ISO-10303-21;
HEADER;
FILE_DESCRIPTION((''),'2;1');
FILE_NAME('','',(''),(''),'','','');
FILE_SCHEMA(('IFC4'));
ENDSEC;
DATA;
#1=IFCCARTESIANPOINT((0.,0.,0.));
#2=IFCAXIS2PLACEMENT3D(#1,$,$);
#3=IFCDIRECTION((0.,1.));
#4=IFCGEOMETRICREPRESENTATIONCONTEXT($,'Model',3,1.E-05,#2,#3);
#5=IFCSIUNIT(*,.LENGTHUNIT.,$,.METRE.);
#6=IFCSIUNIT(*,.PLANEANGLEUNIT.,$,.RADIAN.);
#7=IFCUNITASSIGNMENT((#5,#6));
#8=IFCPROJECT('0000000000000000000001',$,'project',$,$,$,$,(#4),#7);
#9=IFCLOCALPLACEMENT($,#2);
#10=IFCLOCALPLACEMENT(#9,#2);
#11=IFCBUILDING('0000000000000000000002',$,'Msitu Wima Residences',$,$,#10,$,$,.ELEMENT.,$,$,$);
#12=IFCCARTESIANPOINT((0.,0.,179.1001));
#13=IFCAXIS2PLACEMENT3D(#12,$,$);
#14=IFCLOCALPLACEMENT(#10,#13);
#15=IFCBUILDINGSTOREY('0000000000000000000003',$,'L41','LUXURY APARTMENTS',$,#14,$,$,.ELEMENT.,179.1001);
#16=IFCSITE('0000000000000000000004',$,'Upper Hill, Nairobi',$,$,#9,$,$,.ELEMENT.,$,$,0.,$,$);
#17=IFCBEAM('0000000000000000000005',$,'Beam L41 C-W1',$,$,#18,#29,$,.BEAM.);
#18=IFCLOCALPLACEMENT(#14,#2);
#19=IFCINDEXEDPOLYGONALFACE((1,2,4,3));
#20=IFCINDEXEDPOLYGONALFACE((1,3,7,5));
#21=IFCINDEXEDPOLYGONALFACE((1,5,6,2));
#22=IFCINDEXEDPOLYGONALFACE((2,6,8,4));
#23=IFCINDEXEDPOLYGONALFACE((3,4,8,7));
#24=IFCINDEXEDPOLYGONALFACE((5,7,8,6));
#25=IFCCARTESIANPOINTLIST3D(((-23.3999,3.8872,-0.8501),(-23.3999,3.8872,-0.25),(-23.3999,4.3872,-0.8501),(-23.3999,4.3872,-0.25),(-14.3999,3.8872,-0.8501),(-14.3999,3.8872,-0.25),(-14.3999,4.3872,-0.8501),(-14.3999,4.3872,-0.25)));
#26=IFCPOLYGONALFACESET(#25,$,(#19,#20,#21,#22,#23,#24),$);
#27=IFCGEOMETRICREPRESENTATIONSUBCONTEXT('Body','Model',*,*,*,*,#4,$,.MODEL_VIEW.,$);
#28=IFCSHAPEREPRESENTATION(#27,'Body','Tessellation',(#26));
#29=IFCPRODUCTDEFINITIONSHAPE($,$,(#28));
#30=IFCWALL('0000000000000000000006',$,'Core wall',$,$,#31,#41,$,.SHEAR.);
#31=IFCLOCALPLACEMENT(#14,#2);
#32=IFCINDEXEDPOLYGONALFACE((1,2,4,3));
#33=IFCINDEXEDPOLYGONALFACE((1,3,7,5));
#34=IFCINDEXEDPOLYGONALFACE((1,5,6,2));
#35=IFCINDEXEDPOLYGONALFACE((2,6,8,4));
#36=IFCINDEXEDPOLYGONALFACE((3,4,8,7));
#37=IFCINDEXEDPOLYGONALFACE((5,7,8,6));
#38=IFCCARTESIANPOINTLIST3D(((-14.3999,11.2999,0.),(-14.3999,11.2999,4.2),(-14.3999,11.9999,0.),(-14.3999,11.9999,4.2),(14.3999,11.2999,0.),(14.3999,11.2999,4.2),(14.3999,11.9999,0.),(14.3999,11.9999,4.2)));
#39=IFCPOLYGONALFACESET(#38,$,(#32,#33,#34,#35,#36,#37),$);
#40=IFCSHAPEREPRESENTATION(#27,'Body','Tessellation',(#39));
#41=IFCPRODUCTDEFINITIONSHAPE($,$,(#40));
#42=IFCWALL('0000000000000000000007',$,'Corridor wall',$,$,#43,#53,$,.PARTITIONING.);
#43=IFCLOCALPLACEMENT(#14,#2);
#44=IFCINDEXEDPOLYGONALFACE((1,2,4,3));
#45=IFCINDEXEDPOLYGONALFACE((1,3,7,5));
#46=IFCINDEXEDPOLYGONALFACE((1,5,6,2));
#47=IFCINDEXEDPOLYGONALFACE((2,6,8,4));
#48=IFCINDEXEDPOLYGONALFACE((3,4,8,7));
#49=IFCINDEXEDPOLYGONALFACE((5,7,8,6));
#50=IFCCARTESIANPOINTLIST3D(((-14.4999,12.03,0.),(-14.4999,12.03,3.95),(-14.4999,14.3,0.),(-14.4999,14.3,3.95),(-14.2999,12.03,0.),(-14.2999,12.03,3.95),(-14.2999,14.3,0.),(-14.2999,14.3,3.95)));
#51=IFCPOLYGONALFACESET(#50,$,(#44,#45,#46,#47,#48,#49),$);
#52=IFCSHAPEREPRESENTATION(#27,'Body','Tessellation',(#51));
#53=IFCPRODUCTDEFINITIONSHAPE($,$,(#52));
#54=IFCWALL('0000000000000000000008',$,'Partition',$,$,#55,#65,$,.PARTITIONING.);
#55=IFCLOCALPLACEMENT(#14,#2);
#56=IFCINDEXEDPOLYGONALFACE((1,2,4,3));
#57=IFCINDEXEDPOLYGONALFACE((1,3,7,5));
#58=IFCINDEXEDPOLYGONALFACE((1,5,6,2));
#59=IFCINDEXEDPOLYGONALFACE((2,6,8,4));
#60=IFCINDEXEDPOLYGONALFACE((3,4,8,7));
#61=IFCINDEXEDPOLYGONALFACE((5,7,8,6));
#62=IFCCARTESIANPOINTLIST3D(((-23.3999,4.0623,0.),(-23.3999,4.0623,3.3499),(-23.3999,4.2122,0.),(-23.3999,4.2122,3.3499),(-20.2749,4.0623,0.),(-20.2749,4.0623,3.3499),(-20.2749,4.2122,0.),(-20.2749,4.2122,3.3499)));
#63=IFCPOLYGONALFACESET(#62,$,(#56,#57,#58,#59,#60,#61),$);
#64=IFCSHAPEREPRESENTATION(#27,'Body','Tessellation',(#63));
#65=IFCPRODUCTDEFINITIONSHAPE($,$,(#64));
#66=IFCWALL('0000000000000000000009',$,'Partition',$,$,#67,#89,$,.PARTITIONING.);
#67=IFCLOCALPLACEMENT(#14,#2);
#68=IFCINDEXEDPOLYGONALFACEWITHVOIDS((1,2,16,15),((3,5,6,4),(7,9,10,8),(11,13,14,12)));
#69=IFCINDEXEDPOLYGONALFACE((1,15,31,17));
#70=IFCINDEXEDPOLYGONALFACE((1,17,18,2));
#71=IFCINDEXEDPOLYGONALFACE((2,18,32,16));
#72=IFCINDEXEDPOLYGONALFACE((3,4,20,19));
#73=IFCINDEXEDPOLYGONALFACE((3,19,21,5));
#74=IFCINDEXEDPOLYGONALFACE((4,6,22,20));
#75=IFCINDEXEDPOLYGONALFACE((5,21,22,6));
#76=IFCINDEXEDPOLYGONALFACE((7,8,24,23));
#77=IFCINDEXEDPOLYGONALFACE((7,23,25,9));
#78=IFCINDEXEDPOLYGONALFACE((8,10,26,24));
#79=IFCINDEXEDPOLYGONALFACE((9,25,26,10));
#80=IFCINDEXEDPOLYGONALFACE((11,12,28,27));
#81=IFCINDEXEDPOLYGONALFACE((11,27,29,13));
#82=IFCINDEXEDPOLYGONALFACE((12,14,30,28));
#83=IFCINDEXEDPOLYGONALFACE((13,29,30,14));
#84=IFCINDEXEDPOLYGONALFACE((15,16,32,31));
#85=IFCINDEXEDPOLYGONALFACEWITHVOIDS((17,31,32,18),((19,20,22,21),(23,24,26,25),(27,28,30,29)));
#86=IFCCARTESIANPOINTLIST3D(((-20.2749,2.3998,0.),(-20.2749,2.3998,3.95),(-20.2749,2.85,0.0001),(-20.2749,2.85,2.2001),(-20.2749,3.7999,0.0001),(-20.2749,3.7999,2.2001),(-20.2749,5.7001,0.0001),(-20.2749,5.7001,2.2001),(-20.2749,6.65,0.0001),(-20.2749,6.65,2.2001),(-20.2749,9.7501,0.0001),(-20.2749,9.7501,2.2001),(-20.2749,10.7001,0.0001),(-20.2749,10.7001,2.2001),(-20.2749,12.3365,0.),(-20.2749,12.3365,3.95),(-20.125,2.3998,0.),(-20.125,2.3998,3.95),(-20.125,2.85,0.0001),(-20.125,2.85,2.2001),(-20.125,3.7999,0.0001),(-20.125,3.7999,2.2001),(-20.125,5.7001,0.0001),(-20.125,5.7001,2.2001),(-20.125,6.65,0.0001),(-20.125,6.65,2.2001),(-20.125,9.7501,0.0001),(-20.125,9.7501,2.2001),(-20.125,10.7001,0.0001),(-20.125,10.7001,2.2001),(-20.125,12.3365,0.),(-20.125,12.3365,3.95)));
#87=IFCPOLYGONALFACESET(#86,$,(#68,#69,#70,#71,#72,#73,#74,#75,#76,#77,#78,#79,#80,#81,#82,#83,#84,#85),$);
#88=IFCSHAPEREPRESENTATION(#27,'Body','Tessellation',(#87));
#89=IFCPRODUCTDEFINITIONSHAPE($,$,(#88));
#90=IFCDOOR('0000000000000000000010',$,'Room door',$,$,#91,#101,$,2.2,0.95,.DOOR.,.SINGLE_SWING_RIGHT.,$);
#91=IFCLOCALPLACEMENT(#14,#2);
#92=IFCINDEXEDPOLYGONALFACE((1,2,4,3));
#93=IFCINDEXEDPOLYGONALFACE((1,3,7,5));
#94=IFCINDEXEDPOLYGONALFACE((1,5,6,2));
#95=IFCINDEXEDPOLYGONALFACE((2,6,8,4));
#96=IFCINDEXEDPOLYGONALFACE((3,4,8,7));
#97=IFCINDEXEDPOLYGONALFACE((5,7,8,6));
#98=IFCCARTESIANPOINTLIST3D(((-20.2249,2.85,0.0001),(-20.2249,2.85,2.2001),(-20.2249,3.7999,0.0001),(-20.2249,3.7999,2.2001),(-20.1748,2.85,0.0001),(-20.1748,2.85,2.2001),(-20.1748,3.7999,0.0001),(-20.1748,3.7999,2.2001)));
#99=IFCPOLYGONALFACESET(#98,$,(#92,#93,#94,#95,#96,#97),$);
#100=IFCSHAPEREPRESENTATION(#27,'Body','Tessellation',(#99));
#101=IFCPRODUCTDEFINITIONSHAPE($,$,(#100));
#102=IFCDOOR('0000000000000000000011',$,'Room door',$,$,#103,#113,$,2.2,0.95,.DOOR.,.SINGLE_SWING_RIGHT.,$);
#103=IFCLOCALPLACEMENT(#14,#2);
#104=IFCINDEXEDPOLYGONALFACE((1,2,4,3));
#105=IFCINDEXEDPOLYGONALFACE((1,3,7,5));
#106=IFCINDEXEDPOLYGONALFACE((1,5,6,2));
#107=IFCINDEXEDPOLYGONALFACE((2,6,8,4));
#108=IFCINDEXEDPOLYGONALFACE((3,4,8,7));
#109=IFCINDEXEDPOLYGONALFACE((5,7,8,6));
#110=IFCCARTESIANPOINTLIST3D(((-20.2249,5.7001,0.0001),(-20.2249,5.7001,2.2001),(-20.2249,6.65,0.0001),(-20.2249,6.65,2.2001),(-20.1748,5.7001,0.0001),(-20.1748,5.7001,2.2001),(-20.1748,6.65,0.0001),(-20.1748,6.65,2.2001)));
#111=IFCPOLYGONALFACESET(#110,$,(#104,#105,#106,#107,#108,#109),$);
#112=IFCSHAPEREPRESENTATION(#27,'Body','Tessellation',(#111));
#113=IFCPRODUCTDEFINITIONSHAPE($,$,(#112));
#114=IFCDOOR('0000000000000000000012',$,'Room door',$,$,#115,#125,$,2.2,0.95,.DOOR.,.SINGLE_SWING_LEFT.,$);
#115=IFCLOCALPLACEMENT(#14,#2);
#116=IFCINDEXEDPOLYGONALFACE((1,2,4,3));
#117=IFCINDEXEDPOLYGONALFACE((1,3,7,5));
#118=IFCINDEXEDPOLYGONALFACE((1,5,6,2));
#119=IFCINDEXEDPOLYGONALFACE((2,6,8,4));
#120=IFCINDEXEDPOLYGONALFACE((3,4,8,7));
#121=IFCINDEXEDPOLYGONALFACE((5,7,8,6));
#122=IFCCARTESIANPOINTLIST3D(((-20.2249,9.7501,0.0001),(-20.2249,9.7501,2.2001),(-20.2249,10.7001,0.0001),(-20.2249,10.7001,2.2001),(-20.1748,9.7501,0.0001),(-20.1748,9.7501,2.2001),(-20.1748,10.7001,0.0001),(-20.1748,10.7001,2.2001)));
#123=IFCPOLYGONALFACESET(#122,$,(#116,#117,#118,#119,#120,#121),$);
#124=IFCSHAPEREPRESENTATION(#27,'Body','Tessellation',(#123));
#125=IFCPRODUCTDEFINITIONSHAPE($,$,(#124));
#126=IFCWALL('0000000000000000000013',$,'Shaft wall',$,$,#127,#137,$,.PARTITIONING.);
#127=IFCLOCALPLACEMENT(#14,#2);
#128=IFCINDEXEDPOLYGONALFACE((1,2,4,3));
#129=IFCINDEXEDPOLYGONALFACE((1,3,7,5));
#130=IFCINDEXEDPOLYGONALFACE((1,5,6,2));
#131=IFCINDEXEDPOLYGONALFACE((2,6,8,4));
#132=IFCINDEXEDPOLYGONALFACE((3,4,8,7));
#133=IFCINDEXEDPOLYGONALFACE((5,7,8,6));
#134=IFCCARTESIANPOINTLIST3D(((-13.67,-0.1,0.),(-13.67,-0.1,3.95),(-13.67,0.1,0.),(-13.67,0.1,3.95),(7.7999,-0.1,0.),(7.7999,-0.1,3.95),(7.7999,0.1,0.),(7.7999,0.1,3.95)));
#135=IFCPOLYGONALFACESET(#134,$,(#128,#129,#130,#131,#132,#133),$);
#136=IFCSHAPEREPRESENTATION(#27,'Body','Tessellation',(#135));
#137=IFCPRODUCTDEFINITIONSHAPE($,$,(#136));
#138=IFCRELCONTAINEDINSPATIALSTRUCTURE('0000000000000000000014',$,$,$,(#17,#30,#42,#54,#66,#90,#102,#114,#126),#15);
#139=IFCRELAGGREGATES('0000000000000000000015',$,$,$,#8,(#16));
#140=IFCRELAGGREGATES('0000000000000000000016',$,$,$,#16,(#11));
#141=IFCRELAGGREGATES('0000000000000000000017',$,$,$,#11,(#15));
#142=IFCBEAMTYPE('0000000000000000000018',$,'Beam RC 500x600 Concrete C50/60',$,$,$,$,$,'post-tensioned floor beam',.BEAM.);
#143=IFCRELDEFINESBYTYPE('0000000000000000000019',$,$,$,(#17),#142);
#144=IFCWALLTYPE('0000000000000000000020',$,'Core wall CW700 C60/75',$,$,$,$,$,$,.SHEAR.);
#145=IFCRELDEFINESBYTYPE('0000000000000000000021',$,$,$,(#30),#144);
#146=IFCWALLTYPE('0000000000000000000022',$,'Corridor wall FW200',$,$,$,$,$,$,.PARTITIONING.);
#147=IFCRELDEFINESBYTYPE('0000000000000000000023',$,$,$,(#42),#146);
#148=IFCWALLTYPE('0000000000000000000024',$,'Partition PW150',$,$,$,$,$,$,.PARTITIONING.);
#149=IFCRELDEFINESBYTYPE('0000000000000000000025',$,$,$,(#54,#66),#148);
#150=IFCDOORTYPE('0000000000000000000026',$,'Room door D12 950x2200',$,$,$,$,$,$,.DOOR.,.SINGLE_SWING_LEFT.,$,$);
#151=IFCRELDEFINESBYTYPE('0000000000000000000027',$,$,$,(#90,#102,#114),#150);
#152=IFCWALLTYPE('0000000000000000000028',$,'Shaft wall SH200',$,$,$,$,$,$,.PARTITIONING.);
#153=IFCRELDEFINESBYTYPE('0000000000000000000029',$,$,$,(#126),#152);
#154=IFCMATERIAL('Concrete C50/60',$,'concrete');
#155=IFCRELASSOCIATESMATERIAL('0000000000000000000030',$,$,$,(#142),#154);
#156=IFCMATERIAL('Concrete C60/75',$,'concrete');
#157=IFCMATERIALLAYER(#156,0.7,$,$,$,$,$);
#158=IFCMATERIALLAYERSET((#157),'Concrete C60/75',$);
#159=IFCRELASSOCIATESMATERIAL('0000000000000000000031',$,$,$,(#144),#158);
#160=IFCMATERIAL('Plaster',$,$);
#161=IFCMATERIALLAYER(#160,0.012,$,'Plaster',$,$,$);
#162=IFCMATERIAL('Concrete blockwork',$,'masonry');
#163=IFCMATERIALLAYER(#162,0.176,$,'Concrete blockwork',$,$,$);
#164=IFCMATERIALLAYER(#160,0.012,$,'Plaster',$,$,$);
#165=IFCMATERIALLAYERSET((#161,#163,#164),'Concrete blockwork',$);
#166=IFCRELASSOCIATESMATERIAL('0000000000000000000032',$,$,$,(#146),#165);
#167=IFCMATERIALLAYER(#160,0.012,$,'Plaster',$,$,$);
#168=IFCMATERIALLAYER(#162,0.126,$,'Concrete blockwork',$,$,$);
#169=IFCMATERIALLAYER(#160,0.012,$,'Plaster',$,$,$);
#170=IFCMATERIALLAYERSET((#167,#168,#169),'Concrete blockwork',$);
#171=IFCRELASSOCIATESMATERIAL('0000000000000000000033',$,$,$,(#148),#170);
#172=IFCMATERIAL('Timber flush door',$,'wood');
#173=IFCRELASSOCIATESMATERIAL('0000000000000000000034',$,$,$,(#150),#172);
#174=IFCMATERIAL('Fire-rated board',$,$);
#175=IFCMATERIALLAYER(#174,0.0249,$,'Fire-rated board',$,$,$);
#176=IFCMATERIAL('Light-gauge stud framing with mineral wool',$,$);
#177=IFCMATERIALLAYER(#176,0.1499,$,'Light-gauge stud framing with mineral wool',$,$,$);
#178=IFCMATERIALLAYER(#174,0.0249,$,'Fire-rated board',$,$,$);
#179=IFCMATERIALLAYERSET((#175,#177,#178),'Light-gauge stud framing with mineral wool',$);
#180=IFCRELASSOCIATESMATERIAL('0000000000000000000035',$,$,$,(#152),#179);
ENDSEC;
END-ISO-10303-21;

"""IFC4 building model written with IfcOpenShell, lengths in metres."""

from ifc_helpers import new_model, si_unit, direction, frame, frame_2d, origin, origin_2d, place, context, subcontext, project, spatial, rectangle, extrude, material, layer, layer_set, material_profile, profile_set, type_object, element, fill, save


model = new_model("IFC4")

# Units and contexts
model_context = context("Model", 3, precision=1e-05, world=origin(), true_north=direction((0.0, 1.0)))
body_context = subcontext(model_context, "Body", "Model", "MODEL_VIEW")
ifc_project = project(units=[si_unit("LENGTHUNIT", "METRE"), si_unit("PLANEANGLEUNIT", "RADIAN")], contexts=[model_context])

# Site, building, storey
site_placement = place(None, origin())
site = spatial("IfcSite", under=ifc_project, at=site_placement, Name="Upper Hill, Nairobi", CompositionType="ELEMENT", RefElevation=0.0)
building_placement = place(site_placement, origin())
building = spatial("IfcBuilding", under=site, at=building_placement, Name="Msitu Wima Residences", CompositionType="ELEMENT")
storey_placement = place(building_placement, frame((0.0, 0.0, 179.1001)))
storey = spatial("IfcBuildingStorey", under=building, at=storey_placement, Name="L41", Description="LUXURY APARTMENTS", CompositionType="ELEMENT", Elevation=179.1001)

# Beam
ifc_material_1 = material(Name="Concrete C50/60", Category="concrete")
ifc_material_profile = material_profile(ifc_material_1, rectangle(XDim=0.5, YDim=0.6001, at=origin_2d()), Name="RC 500x600")
ifc_profile_set = profile_set([ifc_material_profile], Name="Concrete C50/60")
beam_type = type_object("IfcBeamType", Name="Beam RC 500x600 Concrete C50/60", ElementType="post-tensioned floor beam", PredefinedType="BEAM", material=ifc_profile_set)
beam_placement = place(storey_placement, frame((-23.3999, 4.1372, -0.55), z_axis=(1.0, 0.0, 0.0), x_axis=(0.0, 1.0, 0.0)))
element("IfcBeam", 1, at=beam_placement, inside=storey, type_object=beam_type, Name="Beam L41 C-W1", PredefinedType="BEAM", context=body_context, shape_type="SweptSolid", body=[
    extrude(rectangle(XDim=0.5, YDim=0.6001, at=origin_2d()), origin(), (0.0, 0.0, 1.0), 9.0),
])

# Walls
ifc_material_2 = material(Name="Concrete C60/75", Category="concrete")
ifc_layer_1 = layer(ifc_material_2, 0.7)
ifc_layer_set_1 = layer_set([ifc_layer_1], Name="Concrete C60/75")
wall_type_1 = type_object("IfcWallType", Name="Core wall CW700 C60/75", PredefinedType="SHEAR", material=ifc_layer_set_1)
wall_1_placement = place(storey_placement, frame((-14.3999, 11.6499, 0.0), z_axis=(0.0, 0.0, 1.0), x_axis=(1.0, 0.0, 0.0)))
element("IfcWall", 2, at=wall_1_placement, inside=storey, type_object=wall_type_1, Name="Core wall", PredefinedType="SHEAR", context=body_context, shape_type="SweptSolid", body=[
    extrude(rectangle(XDim=28.7998, YDim=0.7, at=frame_2d((14.3999, 0.0))), origin(), (0.0, 0.0, 1.0), 4.2),
])
ifc_material_3 = material(Name="Plaster")
ifc_layer_2 = layer(ifc_material_3, 0.012, Name="Plaster")
ifc_material_4 = material(Name="Concrete blockwork", Category="masonry")
ifc_layer_3 = layer(ifc_material_4, 0.176, Name="Concrete blockwork")
ifc_layer_4 = layer(ifc_material_3, 0.012, Name="Plaster")
ifc_layer_set_2 = layer_set([ifc_layer_2, ifc_layer_3, ifc_layer_4], Name="Concrete blockwork")
wall_type_2 = type_object("IfcWallType", Name="Corridor wall FW200", PredefinedType="PARTITIONING", material=ifc_layer_set_2)
wall_2_placement = place(storey_placement, frame((-14.3999, 12.03, 0.0), z_axis=(0.0, 0.0, 1.0), x_axis=(0.0, 1.0, 0.0)))
element("IfcWall", 3, at=wall_2_placement, inside=storey, type_object=wall_type_2, Name="Corridor wall", PredefinedType="PARTITIONING", context=body_context, shape_type="SweptSolid", body=[
    extrude(rectangle(XDim=2.27, YDim=0.2, at=frame_2d((1.135, 0.0))), origin(), (0.0, 0.0, 1.0), 3.95),
])
ifc_layer_5 = layer(ifc_material_3, 0.012, Name="Plaster")
ifc_layer_6 = layer(ifc_material_4, 0.126, Name="Concrete blockwork")
ifc_layer_7 = layer(ifc_material_3, 0.012, Name="Plaster")
ifc_layer_set_3 = layer_set([ifc_layer_5, ifc_layer_6, ifc_layer_7], Name="Concrete blockwork")
wall_type_3 = type_object("IfcWallType", Name="Partition PW150", PredefinedType="PARTITIONING", material=ifc_layer_set_3)
wall_3_placement = place(storey_placement, frame((-23.3999, 4.1372, 0.0), z_axis=(0.0, 0.0, 1.0), x_axis=(1.0, 0.0, 0.0)))
element("IfcWall", 4, at=wall_3_placement, inside=storey, type_object=wall_type_3, Name="Partition", PredefinedType="PARTITIONING", context=body_context, shape_type="SweptSolid", body=[
    extrude(rectangle(XDim=3.125, YDim=0.1499, at=frame_2d((1.5625, 0.0))), origin(), (0.0, 0.0, 1.0), 3.3499),
])

# Wall, openings, doors
wall_4_placement = place(storey_placement, frame((-20.2, 2.3999, 0.0), z_axis=(0.0, 0.0, 1.0), x_axis=(0.0, 1.0, 0.0)))
wall_4 = element("IfcWall", 5, at=wall_4_placement, inside=storey, type_object=wall_type_3, Name="Partition", PredefinedType="PARTITIONING", context=body_context, shape_type="SweptSolid", body=[
    extrude(rectangle(XDim=9.9368, YDim=0.1499, at=frame_2d((4.9683, 0.0))), origin(), (0.0, 0.0, 1.0), 3.95),
])
opening_1_placement = place(wall_4_placement, frame((0.45, 0.0, 0.0)))
opening_1 = element("IfcOpeningElement", 6, at=opening_1_placement, cuts=wall_4, PredefinedType="OPENING", context=body_context, shape_type="SweptSolid", body=[
    extrude(rectangle(XDim=0.95, YDim=2.2, at=frame_2d((0.4751, 1.1001))), frame((0.0, 0.085, 0.0), z_axis=(0.0, -1.0, 0.0), x_axis=(1.0, 0.0, 0.0)), (0.0, 0.0, 1.0), 0.1699),
])
opening_2_placement = place(wall_4_placement, frame((3.3, 0.0, 0.0)))
opening_2 = element("IfcOpeningElement", 7, at=opening_2_placement, cuts=wall_4, PredefinedType="OPENING", context=body_context, shape_type="SweptSolid", body=[
    extrude(rectangle(XDim=0.95, YDim=2.2, at=frame_2d((0.4751, 1.1001))), frame((0.0, 0.085, 0.0), z_axis=(0.0, -1.0, 0.0), x_axis=(1.0, 0.0, 0.0)), (0.0, 0.0, 1.0), 0.1699),
])
opening_3_placement = place(wall_4_placement, frame((7.3501, 0.0, 0.0)))
opening_3 = element("IfcOpeningElement", 8, at=opening_3_placement, cuts=wall_4, PredefinedType="OPENING", context=body_context, shape_type="SweptSolid", body=[
    extrude(rectangle(XDim=0.95, YDim=2.2, at=frame_2d((0.4751, 1.1001))), frame((0.0, 0.085, 0.0), z_axis=(0.0, -1.0, 0.0), x_axis=(1.0, 0.0, 0.0)), (0.0, 0.0, 1.0), 0.1699),
])
ifc_material_5 = material(Name="Timber flush door", Category="wood")
door_type_1 = type_object("IfcDoorType", Name="Room door D12 950x2200", OperationType="SINGLE_SWING_LEFT", PredefinedType="DOOR", material=ifc_material_5)
door_1_placement = place(opening_1_placement, origin())
door_1 = element("IfcDoor", 9, at=door_1_placement, inside=storey, type_object=door_type_1, Name="Room door", OperationType="SINGLE_SWING_RIGHT", OverallHeight=2.2, OverallWidth=0.95, PredefinedType="DOOR", context=body_context, shape_type="SweptSolid", body=[
    extrude(rectangle(XDim=0.95, YDim=2.2, at=frame_2d((0.4751, 1.1001))), frame((0.0, 0.0249, 0.0), z_axis=(0.0, -1.0, 0.0), x_axis=(1.0, 0.0, 0.0)), (0.0, 0.0, 1.0), 0.05),
])
fill(opening_1, door_1)
door_2_placement = place(opening_2_placement, origin())
door_2 = element("IfcDoor", 10, at=door_2_placement, inside=storey, type_object=door_type_1, Name="Room door", OperationType="SINGLE_SWING_RIGHT", OverallHeight=2.2, OverallWidth=0.95, PredefinedType="DOOR", context=body_context, shape_type="SweptSolid", body=[
    extrude(rectangle(XDim=0.95, YDim=2.2, at=frame_2d((0.4751, 1.1001))), frame((0.0, 0.0249, 0.0), z_axis=(0.0, -1.0, 0.0), x_axis=(1.0, 0.0, 0.0)), (0.0, 0.0, 1.0), 0.05),
])
fill(opening_2, door_2)
door_3_placement = place(opening_3_placement, origin())
door_3 = element("IfcDoor", 11, at=door_3_placement, inside=storey, type_object=door_type_1, Name="Room door", OperationType="SINGLE_SWING_LEFT", OverallHeight=2.2, OverallWidth=0.95, PredefinedType="DOOR", context=body_context, shape_type="SweptSolid", body=[
    extrude(rectangle(XDim=0.95, YDim=2.2, at=frame_2d((0.4751, 1.1001))), frame((0.0, 0.0249, 0.0), z_axis=(0.0, -1.0, 0.0), x_axis=(1.0, 0.0, 0.0)), (0.0, 0.0, 1.0), 0.05),
])
fill(opening_3, door_3)

# Wall
ifc_material_6 = material(Name="Fire-rated board")
ifc_layer_8 = layer(ifc_material_6, 0.0249, Name="Fire-rated board")
ifc_material_7 = material(Name="Light-gauge stud framing with mineral wool")
ifc_layer_9 = layer(ifc_material_7, 0.1499, Name="Light-gauge stud framing with mineral wool")
ifc_layer_10 = layer(ifc_material_6, 0.0249, Name="Fire-rated board")
ifc_layer_set_4 = layer_set([ifc_layer_8, ifc_layer_9, ifc_layer_10], Name="Light-gauge stud framing with mineral wool")
wall_type_4 = type_object("IfcWallType", Name="Shaft wall SH200", PredefinedType="PARTITIONING", material=ifc_layer_set_4)
wall_5_placement = place(storey_placement, frame((-13.6699, 0.0, 0.0), z_axis=(0.0, 0.0, 1.0), x_axis=(1.0, 0.0, 0.0)))
element("IfcWall", 12, at=wall_5_placement, inside=storey, type_object=wall_type_4, Name="Shaft wall", PredefinedType="PARTITIONING", context=body_context, shape_type="SweptSolid", body=[
    extrude(rectangle(XDim=21.47, YDim=0.2, at=frame_2d((10.7349, 0.0))), origin(), (0.0, 0.0, 1.0), 3.95),
])

save(model, "model.ifc")
